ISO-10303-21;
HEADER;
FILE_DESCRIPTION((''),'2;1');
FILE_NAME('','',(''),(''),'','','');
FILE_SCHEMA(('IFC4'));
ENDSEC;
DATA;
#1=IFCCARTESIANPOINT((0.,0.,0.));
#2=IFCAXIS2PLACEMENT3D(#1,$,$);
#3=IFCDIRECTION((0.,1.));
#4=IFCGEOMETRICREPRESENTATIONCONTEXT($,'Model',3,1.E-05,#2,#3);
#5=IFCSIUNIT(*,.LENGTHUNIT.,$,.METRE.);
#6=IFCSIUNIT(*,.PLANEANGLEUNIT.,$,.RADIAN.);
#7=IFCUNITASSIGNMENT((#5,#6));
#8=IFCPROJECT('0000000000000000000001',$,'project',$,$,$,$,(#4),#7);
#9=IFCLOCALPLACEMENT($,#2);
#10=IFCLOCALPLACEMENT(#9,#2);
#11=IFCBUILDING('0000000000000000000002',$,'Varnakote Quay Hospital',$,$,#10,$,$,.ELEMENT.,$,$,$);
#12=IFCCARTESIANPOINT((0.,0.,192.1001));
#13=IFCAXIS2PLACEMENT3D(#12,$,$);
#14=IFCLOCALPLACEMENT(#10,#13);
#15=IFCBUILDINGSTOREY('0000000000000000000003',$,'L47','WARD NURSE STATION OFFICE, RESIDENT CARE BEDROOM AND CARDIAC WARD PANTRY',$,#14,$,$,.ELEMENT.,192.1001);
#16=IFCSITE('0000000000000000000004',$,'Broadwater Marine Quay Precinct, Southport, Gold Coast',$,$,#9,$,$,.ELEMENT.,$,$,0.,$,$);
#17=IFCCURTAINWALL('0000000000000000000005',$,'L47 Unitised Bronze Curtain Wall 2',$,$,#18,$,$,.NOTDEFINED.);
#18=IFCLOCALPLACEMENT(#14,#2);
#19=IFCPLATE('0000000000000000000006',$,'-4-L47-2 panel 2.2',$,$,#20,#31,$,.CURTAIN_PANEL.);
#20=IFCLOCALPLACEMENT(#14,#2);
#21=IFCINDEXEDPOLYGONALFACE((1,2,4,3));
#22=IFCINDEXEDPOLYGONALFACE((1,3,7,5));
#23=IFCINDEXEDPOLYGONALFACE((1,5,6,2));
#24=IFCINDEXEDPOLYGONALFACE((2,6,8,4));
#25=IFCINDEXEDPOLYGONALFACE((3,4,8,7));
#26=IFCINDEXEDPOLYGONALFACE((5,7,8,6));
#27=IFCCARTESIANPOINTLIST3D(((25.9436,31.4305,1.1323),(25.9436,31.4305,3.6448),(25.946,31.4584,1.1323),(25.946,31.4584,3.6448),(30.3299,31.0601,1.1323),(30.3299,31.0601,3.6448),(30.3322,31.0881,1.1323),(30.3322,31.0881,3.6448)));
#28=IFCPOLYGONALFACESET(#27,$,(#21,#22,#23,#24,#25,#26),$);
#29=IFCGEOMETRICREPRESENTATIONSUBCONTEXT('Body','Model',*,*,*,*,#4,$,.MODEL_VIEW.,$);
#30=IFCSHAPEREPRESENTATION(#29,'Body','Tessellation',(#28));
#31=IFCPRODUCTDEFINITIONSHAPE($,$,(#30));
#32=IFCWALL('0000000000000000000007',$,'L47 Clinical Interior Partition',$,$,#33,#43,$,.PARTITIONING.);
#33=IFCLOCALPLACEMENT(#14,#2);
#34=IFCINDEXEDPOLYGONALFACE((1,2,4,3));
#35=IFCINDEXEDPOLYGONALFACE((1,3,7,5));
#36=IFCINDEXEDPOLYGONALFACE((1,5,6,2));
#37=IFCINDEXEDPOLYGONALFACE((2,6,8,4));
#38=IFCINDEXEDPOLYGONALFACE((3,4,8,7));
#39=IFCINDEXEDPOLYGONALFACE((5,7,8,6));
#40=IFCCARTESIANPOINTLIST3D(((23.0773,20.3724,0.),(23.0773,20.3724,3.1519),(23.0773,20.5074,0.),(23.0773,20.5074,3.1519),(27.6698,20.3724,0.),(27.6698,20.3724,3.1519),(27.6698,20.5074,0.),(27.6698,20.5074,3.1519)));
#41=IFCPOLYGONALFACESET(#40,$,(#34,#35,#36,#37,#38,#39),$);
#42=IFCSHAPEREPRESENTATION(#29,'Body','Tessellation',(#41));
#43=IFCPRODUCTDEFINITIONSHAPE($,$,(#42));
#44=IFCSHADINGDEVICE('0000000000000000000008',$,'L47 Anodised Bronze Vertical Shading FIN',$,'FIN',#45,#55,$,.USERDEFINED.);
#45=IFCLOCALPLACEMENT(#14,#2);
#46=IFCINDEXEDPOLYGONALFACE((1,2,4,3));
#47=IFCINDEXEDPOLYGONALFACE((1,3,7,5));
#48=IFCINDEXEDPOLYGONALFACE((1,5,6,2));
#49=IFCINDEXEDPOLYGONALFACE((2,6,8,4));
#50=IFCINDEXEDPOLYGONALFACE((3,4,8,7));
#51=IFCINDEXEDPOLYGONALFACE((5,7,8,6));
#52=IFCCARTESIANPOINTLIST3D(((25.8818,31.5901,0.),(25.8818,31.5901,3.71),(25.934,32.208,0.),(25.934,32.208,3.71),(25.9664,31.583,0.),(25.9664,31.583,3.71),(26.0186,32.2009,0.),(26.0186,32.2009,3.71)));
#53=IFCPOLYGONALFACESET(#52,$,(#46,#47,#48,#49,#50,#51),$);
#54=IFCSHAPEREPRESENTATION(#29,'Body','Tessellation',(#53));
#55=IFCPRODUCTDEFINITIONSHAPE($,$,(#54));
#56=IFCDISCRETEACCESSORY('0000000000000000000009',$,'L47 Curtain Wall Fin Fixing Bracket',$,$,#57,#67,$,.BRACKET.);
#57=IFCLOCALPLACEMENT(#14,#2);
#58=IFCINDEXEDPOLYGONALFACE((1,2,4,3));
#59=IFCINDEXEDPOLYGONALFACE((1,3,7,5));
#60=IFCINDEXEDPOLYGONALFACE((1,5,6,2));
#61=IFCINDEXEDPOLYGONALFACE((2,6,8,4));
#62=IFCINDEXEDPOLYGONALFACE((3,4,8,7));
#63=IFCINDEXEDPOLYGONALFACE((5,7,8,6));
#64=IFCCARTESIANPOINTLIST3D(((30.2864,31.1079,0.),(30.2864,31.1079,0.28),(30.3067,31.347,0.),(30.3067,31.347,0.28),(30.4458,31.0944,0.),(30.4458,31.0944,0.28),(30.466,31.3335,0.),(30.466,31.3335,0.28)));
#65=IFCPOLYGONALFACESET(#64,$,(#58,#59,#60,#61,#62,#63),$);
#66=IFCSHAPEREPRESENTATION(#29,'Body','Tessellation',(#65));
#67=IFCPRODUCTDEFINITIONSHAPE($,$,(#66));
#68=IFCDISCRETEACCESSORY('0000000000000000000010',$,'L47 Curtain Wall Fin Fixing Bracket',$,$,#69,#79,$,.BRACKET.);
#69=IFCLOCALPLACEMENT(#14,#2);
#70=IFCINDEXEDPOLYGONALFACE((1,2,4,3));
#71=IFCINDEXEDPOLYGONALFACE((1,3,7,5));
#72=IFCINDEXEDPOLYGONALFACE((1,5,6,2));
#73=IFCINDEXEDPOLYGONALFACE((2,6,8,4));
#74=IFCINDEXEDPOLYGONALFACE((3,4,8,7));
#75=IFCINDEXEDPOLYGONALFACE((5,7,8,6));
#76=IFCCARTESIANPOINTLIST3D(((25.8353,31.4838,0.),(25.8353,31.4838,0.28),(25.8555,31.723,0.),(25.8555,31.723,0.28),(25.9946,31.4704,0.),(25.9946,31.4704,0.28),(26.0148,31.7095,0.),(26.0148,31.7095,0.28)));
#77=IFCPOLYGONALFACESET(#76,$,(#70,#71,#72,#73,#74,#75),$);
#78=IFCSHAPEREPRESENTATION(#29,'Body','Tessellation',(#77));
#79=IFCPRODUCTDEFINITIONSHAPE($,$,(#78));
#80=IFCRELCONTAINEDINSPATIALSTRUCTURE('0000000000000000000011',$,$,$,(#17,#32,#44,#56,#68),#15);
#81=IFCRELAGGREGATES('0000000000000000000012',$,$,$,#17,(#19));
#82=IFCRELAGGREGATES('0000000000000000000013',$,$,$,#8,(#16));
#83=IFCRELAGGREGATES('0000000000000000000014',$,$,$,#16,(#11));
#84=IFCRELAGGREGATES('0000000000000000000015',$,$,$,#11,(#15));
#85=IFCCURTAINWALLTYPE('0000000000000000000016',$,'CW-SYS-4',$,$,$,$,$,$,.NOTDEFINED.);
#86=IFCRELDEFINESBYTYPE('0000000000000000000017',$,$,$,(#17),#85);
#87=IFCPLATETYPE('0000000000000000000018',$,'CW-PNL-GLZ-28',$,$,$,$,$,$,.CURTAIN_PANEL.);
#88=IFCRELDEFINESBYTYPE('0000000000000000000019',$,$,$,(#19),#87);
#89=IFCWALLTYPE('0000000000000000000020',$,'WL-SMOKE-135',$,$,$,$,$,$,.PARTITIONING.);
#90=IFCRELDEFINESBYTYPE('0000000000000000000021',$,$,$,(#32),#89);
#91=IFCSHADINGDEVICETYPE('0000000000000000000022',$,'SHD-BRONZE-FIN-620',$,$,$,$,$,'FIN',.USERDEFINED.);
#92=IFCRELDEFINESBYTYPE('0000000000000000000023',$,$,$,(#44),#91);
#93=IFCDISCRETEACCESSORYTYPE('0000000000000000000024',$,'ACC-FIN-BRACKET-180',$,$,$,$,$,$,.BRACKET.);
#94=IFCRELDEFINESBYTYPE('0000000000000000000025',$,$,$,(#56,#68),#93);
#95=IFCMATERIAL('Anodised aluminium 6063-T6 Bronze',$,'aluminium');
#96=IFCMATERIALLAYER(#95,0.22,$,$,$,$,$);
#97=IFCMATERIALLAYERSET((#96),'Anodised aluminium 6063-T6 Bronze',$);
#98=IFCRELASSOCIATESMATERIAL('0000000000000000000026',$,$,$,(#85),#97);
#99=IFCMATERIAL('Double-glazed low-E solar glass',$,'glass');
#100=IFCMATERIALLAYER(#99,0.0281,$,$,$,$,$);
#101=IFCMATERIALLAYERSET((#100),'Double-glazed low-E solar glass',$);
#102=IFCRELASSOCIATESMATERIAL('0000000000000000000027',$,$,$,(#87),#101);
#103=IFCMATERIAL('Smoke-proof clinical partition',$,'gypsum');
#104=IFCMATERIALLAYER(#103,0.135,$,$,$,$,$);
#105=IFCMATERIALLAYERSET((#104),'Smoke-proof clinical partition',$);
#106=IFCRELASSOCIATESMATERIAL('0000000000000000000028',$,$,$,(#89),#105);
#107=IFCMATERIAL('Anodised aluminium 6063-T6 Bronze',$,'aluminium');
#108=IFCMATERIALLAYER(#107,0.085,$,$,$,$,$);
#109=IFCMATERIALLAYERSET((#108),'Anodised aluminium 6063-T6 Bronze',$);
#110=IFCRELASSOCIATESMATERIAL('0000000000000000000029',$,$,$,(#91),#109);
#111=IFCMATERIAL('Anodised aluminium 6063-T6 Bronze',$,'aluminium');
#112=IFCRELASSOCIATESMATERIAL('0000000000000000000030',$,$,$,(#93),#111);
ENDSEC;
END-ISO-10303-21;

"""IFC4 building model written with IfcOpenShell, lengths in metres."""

from ifc_helpers import new_model, si_unit, direction, frame, frame_2d, origin, origin_2d, place, context, subcontext, project, spatial, rectangle, extrude, material, layer, layer_set, type_object, element, aggregate, save


model = new_model("IFC4")

# Units and contexts
model_context = context("Model", 3, precision=1e-05, world=origin(), true_north=direction((0.0, 1.0)))
body_context = subcontext(model_context, "Body", "Model", "MODEL_VIEW")
ifc_project = project(units=[si_unit("LENGTHUNIT", "METRE"), si_unit("PLANEANGLEUNIT", "RADIAN")], contexts=[model_context])

# Site, building, storey
site_placement = place(None, origin())
site = spatial("IfcSite", under=ifc_project, at=site_placement, Name="Broadwater Marine Quay Precinct, Southport, Gold Coast", CompositionType="ELEMENT", RefElevation=0.0)
building_placement = place(site_placement, origin())
building = spatial("IfcBuilding", under=site, at=building_placement, Name="Varnakote Quay Hospital", CompositionType="ELEMENT")
storey_placement = place(building_placement, frame((0.0, 0.0, 192.1001)))
storey = spatial("IfcBuildingStorey", under=building, at=storey_placement, Name="L47", Description="WARD NURSE STATION OFFICE, RESIDENT CARE BEDROOM AND CARDIAC WARD PANTRY", CompositionType="ELEMENT", Elevation=192.1001)

# Curtain wall
ifc_material_1 = material(Name="Anodised aluminium 6063-T6 Bronze", Category="aluminium")
ifc_layer_1 = layer(ifc_material_1, 0.22)
ifc_layer_set_1 = layer_set([ifc_layer_1], Name="Anodised aluminium 6063-T6 Bronze")
curtain_wall_type = type_object("IfcCurtainWallType", Name="CW-SYS-4", PredefinedType="NOTDEFINED", material=ifc_layer_set_1)
curtain_wall_placement = place(storey_placement, origin())
curtain_wall = element("IfcCurtainWall", 1, at=curtain_wall_placement, inside=storey, type_object=curtain_wall_type, Name="L47 Unitised Bronze Curtain Wall 2", PredefinedType="NOTDEFINED")

# Plate
ifc_material_2 = material(Name="Double-glazed low-E solar glass", Category="glass")
ifc_layer_2 = layer(ifc_material_2, 0.0281)
ifc_layer_set_2 = layer_set([ifc_layer_2], Name="Double-glazed low-E solar glass")
plate_type = type_object("IfcPlateType", Name="CW-PNL-GLZ-28", PredefinedType="CURTAIN_PANEL", material=ifc_layer_set_2)
plate_1_placement = place(storey_placement, frame((28.1379, 31.2593, 1.1323), z_axis=(0.0, 0.0, 1.0), x_axis=(-0.996454, 0.084136, 0.0)))
plate_1 = element("IfcPlate", 2, at=plate_1_placement, type_object=plate_type, Name="-4-L47-2 panel 2.2", PredefinedType="CURTAIN_PANEL", context=body_context, shape_type="SweptSolid", body=[
    extrude(rectangle(XDim=4.4019, YDim=0.0281, at=origin_2d()), origin(), (0.0, 0.0, 1.0), 2.5125),
])
aggregate(curtain_wall, [plate_1])

# Wall
ifc_material_3 = material(Name="Smoke-proof clinical partition", Category="gypsum")
ifc_layer_3 = layer(ifc_material_3, 0.135)
ifc_layer_set_3 = layer_set([ifc_layer_3], Name="Smoke-proof clinical partition")
wall_type = type_object("IfcWallType", Name="WL-SMOKE-135", PredefinedType="PARTITIONING", material=ifc_layer_set_3)
wall_placement = place(storey_placement, frame((27.6699, 20.4399, 0.0), z_axis=(0.0, 0.0, 1.0), x_axis=(-1.0, 0.0, 0.0)))
element("IfcWall", 3, at=wall_placement, inside=storey, type_object=wall_type, Name="L47 Clinical Interior Partition", PredefinedType="PARTITIONING", context=body_context, shape_type="SweptSolid", body=[
    extrude(rectangle(XDim=4.5925, YDim=0.135, at=frame_2d((2.2964, 0.0))), origin(), (0.0, 0.0, 1.0), 3.1519),
])

# Shading device
ifc_material_4 = material(Name="Anodised aluminium 6063-T6 Bronze", Category="aluminium")
ifc_layer_4 = layer(ifc_material_4, 0.085)
ifc_layer_set_4 = layer_set([ifc_layer_4], Name="Anodised aluminium 6063-T6 Bronze")
shading_device_type = type_object("IfcShadingDeviceType", Name="SHD-BRONZE-FIN-620", ElementType="FIN", PredefinedType="USERDEFINED", material=ifc_layer_set_4)
shading_device_placement = place(storey_placement, frame((25.9502, 31.8955, 0.0), z_axis=(0.0, 0.0, 1.0), x_axis=(-0.0842, -0.996449, 0.0)))
element("IfcShadingDevice", 4, at=shading_device_placement, inside=storey, type_object=shading_device_type, Name="L47 Anodised Bronze Vertical Shading FIN", ObjectType="FIN", PredefinedType="USERDEFINED", context=body_context, shape_type="SweptSolid", body=[
    extrude(rectangle(XDim=0.6201, YDim=0.085, at=origin_2d()), origin(), (0.0, 0.0, 1.0), 3.71),
])

# Discrete accessories
ifc_material_5 = material(Name="Anodised aluminium 6063-T6 Bronze", Category="aluminium")
discrete_accessory_type = type_object("IfcDiscreteAccessoryType", Name="ACC-FIN-BRACKET-180", PredefinedType="BRACKET", material=ifc_material_5)
for number, where, z_axis, x_axis, name in (
    (5, (30.3762, 31.2207, 0.0), (0.0, 0.0, 1.0), (-0.996449, 0.0842, 0.0), "L47 Curtain Wall Fin Fixing Bracket"),
    (6, (25.925, 31.5967, 0.0), (0.0, 0.0, 1.0), (-0.996449, 0.0842, 0.0), "L47 Curtain Wall Fin Fixing Bracket"),
):
    element("IfcDiscreteAccessory", number, at=place(storey_placement, frame(where, z_axis=z_axis, x_axis=x_axis)), inside=storey, type_object=discrete_accessory_type, Name=name, PredefinedType="BRACKET", context=body_context, shape_type="SweptSolid", body=[
        extrude(rectangle(XDim=0.1599, YDim=0.24, at=origin_2d()), origin(), (0.0, 0.0, 1.0), 0.28),
    ])

save(model, "model.ifc")
